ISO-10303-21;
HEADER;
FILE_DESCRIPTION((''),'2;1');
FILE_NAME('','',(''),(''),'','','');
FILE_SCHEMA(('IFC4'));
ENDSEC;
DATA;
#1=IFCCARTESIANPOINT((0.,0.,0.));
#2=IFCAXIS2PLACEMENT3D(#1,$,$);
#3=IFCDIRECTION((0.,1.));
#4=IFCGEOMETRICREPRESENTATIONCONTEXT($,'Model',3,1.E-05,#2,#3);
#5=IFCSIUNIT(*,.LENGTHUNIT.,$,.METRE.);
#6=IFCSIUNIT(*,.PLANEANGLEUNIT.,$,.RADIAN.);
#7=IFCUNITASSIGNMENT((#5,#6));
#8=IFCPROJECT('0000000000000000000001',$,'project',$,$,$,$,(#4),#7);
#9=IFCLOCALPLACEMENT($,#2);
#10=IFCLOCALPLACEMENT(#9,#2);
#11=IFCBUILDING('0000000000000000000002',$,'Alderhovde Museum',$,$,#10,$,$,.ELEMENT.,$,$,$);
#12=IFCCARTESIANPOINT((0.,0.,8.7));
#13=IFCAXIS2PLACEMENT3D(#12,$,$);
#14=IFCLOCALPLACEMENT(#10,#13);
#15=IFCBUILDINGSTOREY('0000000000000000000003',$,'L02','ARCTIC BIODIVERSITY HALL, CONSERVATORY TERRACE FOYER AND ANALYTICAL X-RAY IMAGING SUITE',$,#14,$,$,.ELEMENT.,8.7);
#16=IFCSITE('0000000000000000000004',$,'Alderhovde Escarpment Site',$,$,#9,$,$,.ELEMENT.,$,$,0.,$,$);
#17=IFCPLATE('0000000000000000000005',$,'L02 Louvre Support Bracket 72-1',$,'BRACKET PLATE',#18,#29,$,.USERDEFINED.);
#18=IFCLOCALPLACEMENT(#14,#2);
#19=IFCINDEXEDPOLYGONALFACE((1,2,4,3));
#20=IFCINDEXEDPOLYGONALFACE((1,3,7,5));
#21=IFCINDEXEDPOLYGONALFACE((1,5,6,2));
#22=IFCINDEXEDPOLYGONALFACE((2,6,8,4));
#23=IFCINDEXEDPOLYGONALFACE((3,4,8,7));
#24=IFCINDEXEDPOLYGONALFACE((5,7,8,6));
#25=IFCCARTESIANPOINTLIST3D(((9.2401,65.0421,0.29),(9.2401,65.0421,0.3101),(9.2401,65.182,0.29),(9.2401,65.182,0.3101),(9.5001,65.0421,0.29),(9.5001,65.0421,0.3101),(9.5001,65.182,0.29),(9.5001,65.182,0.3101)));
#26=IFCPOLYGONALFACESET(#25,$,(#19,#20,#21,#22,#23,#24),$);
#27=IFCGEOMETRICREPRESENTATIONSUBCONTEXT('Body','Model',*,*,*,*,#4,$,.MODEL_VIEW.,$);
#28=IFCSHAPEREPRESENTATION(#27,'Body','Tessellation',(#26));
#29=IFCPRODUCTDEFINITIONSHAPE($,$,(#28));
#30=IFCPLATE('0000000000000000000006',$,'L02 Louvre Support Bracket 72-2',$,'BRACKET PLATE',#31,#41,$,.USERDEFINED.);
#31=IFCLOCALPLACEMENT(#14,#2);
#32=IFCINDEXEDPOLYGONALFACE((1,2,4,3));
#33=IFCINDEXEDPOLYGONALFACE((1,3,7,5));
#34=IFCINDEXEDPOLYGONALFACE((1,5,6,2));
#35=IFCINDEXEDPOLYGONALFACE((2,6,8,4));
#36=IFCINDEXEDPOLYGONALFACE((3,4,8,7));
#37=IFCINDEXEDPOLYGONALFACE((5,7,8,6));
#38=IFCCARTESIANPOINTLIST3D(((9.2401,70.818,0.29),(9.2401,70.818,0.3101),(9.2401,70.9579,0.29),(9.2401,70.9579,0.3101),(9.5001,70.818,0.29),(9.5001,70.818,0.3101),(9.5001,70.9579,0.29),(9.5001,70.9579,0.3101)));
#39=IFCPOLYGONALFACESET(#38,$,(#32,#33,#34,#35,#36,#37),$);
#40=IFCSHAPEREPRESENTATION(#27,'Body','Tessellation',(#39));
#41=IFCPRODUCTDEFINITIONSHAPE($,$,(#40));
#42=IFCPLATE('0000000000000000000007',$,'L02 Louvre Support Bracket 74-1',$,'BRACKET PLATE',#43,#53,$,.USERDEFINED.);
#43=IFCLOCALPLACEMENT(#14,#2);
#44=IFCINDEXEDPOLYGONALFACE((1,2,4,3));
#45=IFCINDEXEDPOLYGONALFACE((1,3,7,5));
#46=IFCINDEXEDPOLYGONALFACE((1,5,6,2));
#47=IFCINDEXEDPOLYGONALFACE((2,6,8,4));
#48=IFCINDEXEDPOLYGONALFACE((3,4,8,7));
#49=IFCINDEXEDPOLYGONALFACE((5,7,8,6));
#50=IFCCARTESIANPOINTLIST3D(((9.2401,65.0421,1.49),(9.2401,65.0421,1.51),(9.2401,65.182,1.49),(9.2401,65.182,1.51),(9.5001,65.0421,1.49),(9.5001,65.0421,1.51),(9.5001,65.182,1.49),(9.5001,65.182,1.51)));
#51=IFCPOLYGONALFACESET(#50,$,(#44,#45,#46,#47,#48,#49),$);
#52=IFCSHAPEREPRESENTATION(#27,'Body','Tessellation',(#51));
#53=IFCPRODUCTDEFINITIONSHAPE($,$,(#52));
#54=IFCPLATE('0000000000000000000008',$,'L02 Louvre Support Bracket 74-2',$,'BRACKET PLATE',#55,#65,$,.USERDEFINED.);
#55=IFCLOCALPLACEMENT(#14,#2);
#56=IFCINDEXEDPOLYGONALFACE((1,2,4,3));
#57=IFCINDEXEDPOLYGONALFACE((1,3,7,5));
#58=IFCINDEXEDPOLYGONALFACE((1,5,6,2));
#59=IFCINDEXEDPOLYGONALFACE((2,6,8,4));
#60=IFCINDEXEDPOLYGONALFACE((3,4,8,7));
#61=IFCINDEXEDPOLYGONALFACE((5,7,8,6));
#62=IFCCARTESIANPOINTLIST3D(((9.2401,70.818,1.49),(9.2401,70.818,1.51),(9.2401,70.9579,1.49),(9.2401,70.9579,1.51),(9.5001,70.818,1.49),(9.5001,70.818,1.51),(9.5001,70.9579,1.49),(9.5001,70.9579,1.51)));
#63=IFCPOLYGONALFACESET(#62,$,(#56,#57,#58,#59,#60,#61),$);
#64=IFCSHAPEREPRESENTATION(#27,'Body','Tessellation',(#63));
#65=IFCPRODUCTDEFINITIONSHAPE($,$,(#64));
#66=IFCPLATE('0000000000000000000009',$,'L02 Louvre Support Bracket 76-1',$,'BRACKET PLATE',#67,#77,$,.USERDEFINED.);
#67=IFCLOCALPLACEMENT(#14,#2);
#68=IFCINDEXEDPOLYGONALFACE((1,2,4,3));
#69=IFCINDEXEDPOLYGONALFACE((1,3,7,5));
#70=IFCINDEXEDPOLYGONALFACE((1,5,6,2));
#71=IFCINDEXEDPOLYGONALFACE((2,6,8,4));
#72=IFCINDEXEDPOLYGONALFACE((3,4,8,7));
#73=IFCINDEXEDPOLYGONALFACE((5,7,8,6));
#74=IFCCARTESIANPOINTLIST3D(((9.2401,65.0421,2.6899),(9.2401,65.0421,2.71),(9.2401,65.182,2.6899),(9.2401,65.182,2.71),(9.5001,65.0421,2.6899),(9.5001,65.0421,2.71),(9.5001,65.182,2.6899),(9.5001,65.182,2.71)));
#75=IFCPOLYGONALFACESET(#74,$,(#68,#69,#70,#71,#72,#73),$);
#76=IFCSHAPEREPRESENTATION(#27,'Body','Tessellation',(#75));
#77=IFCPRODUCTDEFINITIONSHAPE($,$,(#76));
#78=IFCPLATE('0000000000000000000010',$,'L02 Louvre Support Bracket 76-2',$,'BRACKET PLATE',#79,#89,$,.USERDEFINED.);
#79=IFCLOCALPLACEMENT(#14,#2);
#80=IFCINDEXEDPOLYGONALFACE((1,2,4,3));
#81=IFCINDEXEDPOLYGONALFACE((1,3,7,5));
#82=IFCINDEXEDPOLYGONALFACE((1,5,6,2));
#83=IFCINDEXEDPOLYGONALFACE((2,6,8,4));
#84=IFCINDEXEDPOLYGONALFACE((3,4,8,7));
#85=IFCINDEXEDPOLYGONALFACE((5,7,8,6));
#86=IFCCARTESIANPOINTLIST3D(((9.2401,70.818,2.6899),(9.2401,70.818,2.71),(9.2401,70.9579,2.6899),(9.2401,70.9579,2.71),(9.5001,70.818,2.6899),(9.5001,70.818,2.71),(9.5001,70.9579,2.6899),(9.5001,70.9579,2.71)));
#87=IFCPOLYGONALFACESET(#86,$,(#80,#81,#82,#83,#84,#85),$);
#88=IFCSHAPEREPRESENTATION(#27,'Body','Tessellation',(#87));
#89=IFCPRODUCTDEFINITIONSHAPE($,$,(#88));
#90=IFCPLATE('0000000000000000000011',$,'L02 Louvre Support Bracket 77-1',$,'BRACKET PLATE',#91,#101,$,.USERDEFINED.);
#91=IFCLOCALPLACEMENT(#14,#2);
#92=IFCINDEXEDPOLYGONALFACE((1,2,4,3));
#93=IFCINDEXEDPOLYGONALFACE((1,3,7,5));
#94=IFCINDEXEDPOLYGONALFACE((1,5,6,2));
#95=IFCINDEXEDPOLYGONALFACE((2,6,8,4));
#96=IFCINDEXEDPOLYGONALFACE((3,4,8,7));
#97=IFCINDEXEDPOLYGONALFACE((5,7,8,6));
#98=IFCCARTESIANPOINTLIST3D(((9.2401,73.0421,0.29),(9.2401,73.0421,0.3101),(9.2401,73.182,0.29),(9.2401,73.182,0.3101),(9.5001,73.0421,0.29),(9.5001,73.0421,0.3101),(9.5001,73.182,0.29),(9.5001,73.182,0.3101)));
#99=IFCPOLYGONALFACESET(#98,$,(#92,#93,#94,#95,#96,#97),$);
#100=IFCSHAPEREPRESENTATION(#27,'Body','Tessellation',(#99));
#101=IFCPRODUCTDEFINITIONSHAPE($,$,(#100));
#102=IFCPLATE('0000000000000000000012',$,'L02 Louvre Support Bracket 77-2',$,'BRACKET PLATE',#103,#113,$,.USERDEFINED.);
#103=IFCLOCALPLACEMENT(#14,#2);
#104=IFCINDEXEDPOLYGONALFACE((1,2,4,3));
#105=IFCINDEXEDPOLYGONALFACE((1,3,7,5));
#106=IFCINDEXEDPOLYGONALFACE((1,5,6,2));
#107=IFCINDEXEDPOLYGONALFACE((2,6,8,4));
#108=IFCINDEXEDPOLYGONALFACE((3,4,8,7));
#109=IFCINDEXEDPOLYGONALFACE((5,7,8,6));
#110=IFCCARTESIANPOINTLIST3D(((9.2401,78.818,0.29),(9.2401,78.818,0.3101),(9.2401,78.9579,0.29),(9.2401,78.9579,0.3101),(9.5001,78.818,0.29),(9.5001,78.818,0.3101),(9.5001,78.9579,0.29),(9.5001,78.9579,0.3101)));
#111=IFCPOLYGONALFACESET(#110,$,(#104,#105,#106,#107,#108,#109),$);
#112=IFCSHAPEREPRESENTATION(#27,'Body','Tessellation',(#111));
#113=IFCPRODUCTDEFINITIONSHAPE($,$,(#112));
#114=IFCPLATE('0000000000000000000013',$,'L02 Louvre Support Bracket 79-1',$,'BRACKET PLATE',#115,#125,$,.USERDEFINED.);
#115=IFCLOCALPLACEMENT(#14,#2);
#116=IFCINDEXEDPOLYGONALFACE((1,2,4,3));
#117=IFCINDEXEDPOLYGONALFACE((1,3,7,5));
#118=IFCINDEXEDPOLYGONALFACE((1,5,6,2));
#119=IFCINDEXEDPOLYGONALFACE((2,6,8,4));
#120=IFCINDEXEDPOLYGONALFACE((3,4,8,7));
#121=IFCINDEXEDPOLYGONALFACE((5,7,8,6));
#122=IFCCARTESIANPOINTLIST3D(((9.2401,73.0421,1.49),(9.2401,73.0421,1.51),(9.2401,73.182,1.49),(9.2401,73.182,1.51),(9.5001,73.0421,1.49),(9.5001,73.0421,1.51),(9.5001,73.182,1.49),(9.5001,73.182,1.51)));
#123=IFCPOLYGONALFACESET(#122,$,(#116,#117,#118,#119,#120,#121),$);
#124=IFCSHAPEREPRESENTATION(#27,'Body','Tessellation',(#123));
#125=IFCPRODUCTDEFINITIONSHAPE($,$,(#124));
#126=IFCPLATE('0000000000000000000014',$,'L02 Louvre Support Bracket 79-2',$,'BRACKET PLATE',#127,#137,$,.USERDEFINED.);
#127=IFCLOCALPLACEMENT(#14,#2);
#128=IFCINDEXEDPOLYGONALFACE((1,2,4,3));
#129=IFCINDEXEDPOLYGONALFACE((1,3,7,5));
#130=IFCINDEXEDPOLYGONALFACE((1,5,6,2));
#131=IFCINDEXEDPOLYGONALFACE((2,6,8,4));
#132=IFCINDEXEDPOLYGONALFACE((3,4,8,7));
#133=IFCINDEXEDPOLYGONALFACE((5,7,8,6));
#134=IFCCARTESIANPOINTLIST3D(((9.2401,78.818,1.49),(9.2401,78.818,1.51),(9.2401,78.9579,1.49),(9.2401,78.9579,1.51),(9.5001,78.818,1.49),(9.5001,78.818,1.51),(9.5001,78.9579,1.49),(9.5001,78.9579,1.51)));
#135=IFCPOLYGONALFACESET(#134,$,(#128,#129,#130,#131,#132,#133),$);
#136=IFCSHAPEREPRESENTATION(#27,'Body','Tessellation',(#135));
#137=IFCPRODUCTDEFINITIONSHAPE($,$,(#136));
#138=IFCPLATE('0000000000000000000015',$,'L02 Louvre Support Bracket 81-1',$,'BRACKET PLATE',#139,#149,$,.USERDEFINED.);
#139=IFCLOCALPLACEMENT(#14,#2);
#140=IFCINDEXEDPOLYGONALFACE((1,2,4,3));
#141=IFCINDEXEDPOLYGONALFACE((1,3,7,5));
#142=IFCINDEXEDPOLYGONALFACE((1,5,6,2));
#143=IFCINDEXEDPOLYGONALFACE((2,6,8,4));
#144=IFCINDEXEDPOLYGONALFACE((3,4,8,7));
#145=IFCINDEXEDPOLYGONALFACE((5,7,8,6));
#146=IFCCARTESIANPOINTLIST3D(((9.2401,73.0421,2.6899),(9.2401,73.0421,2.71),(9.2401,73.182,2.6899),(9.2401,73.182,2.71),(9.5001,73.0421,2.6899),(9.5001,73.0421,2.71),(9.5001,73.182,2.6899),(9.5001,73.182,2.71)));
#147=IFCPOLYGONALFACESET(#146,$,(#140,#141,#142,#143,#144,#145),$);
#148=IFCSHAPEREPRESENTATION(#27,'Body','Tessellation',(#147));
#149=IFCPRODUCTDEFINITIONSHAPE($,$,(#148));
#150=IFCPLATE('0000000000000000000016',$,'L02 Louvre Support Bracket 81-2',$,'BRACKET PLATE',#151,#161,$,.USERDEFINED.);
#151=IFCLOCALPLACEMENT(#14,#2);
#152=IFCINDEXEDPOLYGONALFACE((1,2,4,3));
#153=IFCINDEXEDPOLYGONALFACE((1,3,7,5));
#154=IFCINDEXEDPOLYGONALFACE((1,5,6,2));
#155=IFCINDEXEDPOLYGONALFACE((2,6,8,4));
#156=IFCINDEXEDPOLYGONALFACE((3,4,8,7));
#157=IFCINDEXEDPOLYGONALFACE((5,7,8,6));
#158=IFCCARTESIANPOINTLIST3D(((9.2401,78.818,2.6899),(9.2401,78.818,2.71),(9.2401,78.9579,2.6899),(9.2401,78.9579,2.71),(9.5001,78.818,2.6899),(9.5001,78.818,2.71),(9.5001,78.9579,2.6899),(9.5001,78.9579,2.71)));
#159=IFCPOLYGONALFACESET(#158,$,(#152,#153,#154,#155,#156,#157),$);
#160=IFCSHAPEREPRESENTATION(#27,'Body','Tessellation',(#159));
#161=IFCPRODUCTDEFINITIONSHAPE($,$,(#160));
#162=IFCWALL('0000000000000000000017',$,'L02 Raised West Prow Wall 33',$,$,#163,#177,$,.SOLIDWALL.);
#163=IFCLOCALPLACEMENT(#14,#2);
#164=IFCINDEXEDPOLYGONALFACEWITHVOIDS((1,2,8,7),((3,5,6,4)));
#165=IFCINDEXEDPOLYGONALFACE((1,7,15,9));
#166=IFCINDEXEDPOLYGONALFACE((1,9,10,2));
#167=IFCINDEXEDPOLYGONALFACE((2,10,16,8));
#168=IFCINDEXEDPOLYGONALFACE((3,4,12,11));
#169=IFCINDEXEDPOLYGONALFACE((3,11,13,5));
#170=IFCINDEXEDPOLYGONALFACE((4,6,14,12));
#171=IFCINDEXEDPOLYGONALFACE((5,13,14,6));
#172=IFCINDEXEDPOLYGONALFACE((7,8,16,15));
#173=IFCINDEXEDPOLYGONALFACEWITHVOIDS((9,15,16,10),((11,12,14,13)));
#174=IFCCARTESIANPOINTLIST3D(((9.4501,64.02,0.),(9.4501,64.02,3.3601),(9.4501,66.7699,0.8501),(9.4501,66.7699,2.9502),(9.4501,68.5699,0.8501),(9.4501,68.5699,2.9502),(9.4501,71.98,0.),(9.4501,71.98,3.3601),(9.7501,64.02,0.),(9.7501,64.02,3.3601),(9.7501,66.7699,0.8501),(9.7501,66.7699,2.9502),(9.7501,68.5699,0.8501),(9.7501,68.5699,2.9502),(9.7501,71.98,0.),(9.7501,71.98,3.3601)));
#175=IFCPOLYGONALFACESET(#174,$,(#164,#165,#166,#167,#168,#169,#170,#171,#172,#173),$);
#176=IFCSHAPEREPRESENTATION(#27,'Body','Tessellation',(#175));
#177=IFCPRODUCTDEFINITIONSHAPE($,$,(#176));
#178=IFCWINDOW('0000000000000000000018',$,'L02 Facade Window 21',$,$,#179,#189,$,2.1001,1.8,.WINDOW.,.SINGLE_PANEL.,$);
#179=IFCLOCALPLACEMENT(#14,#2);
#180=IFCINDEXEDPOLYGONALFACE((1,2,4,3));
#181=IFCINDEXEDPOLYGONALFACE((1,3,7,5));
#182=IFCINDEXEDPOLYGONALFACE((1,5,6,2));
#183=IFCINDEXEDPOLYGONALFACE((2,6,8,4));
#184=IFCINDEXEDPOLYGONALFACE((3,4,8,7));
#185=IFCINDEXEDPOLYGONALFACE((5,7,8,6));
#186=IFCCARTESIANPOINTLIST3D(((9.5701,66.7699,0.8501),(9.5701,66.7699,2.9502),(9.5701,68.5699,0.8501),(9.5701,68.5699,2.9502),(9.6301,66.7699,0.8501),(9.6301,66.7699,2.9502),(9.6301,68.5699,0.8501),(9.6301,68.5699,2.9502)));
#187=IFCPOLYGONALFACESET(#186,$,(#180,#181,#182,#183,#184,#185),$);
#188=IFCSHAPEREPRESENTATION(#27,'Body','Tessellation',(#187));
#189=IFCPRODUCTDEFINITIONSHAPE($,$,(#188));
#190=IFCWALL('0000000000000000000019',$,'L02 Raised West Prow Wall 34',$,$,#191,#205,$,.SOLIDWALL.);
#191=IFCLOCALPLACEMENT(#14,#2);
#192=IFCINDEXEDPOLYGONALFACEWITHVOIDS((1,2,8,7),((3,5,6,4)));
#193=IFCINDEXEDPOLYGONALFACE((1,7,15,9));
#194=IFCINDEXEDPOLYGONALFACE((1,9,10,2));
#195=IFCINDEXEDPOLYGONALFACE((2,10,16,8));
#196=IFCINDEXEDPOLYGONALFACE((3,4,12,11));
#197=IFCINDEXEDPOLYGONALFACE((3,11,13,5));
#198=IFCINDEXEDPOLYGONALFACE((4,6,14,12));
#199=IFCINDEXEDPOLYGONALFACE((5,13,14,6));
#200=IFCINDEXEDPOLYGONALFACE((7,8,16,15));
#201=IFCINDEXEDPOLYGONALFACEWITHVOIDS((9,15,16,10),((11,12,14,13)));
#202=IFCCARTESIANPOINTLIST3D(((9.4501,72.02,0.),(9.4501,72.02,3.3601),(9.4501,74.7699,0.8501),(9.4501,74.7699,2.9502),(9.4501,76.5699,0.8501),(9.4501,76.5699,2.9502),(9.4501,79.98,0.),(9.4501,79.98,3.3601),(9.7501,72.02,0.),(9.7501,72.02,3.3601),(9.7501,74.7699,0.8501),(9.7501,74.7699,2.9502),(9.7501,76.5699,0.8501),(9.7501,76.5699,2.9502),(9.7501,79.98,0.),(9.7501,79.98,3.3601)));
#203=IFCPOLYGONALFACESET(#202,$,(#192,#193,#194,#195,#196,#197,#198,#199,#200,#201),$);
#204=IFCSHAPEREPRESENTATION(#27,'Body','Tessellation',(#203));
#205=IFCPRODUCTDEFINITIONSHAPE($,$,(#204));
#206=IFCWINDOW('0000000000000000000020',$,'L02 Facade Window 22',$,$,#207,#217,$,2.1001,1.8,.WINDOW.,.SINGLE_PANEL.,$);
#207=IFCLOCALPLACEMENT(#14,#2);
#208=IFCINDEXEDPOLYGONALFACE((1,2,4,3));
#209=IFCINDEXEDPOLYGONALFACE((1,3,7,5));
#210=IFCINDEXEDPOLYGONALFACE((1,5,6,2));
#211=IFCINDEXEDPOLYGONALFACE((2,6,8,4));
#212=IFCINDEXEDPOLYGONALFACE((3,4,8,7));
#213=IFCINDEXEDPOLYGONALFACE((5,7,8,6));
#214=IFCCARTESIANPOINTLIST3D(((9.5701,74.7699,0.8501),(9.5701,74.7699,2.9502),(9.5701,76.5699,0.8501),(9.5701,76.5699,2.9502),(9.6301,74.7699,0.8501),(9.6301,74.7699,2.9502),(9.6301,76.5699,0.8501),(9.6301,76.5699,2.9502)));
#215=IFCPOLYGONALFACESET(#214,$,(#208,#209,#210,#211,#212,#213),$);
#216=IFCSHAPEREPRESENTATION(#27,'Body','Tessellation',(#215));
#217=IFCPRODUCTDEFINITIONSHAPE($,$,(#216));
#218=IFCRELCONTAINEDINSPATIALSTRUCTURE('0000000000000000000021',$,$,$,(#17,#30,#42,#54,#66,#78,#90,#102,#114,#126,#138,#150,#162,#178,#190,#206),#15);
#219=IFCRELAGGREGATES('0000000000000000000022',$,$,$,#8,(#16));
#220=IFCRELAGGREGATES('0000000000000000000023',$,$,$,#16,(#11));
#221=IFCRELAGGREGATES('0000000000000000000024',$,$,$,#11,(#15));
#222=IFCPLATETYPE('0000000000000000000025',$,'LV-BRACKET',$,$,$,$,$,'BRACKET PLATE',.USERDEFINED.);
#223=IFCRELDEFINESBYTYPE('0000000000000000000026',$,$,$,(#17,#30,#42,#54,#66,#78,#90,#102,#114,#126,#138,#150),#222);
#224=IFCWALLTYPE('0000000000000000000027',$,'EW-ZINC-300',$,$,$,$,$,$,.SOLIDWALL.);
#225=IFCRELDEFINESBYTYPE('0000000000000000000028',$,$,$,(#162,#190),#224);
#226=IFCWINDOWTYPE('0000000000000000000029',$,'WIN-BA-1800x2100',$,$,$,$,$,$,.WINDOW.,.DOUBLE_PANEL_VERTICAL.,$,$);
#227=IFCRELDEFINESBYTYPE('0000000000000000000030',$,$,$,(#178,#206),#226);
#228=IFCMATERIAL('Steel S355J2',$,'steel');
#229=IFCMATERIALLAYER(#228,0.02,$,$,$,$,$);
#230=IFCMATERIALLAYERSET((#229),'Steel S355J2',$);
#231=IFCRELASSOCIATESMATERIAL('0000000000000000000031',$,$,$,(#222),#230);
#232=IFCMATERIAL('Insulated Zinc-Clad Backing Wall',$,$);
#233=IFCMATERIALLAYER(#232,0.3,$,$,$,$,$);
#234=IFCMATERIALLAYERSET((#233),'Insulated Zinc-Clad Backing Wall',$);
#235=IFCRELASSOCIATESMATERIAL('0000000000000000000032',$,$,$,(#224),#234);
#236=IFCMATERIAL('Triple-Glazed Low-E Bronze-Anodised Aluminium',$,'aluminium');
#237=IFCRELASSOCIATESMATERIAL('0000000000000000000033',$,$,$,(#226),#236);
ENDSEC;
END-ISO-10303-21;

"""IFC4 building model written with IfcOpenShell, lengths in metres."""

from ifc_helpers import new_model, si_unit, direction, frame, frame_2d, origin, origin_2d, place, context, subcontext, project, spatial, rectangle, extrude, material, layer, layer_set, type_object, element, fill, save


model = new_model("IFC4")

# Units and contexts
model_context = context("Model", 3, precision=1e-05, world=origin(), true_north=direction((0.0, 1.0)))
body_context = subcontext(model_context, "Body", "Model", "MODEL_VIEW")
ifc_project = project(units=[si_unit("LENGTHUNIT", "METRE"), si_unit("PLANEANGLEUNIT", "RADIAN")], contexts=[model_context])

# Site, building, storey
site_placement = place(None, origin())
site = spatial("IfcSite", under=ifc_project, at=site_placement, Name="Alderhovde Escarpment Site", CompositionType="ELEMENT", RefElevation=0.0)
building_placement = place(site_placement, origin())
building = spatial("IfcBuilding", under=site, at=building_placement, Name="Alderhovde Museum", CompositionType="ELEMENT")
storey_placement = place(building_placement, frame((0.0, 0.0, 8.7)))
storey = spatial("IfcBuildingStorey", under=building, at=storey_placement, Name="L02", Description="ARCTIC BIODIVERSITY HALL, CONSERVATORY TERRACE FOYER AND ANALYTICAL X-RAY IMAGING SUITE", CompositionType="ELEMENT", Elevation=8.7)

# Plates
ifc_material_1 = material(Name="Steel S355J2", Category="steel")
ifc_layer_1 = layer(ifc_material_1, 0.02)
ifc_layer_set_1 = layer_set([ifc_layer_1], Name="Steel S355J2")
plate_type_1 = type_object("IfcPlateType", Name="LV-BRACKET", ElementType="BRACKET PLATE", PredefinedType="USERDEFINED", material=ifc_layer_set_1)
for number, where, z_axis, x_axis, name in (
    (1, (9.3701, 65.1121, 0.29), (0.0, 0.0, 1.0), (0.0, 1.0, 0.0), "L02 Louvre Support Bracket 72-1"),
    (2, (9.3701, 70.8879, 0.29), (0.0, 0.0, 1.0), (0.0, 1.0, 0.0), "L02 Louvre Support Bracket 72-2"),
    (3, (9.3701, 65.1121, 1.49), (0.0, 0.0, 1.0), (0.0, 1.0, 0.0), "L02 Louvre Support Bracket 74-1"),
    (4, (9.3701, 70.8879, 1.49), (0.0, 0.0, 1.0), (0.0, 1.0, 0.0), "L02 Louvre Support Bracket 74-2"),
    (5, (9.3701, 65.1121, 2.6899), (0.0, 0.0, 1.0), (0.0, 1.0, 0.0), "L02 Louvre Support Bracket 76-1"),
    (6, (9.3701, 70.8879, 2.6899), (0.0, 0.0, 1.0), (0.0, 1.0, 0.0), "L02 Louvre Support Bracket 76-2"),
    (7, (9.3701, 73.1121, 0.29), (0.0, 0.0, 1.0), (0.0, 1.0, 0.0), "L02 Louvre Support Bracket 77-1"),
    (8, (9.3701, 78.8879, 0.29), (0.0, 0.0, 1.0), (0.0, 1.0, 0.0), "L02 Louvre Support Bracket 77-2"),
    (9, (9.3701, 73.1121, 1.49), (0.0, 0.0, 1.0), (0.0, 1.0, 0.0), "L02 Louvre Support Bracket 79-1"),
    (10, (9.3701, 78.8879, 1.49), (0.0, 0.0, 1.0), (0.0, 1.0, 0.0), "L02 Louvre Support Bracket 79-2"),
    (11, (9.3701, 73.1121, 2.6899), (0.0, 0.0, 1.0), (0.0, 1.0, 0.0), "L02 Louvre Support Bracket 81-1"),
    (12, (9.3701, 78.8879, 2.6899), (0.0, 0.0, 1.0), (0.0, 1.0, 0.0), "L02 Louvre Support Bracket 81-2"),
):
    element("IfcPlate", number, at=place(storey_placement, frame(where, z_axis=z_axis, x_axis=x_axis)), inside=storey, type_object=plate_type_1, Name=name, ObjectType="BRACKET PLATE", PredefinedType="USERDEFINED", context=body_context, shape_type="SweptSolid", body=[
        extrude(rectangle(XDim=0.1399, YDim=0.26, at=origin_2d()), origin(), (0.0, 0.0, 1.0), 0.02),
    ])

# Walls, openings, windows
ifc_material_2 = material(Name="Insulated Zinc-Clad Backing Wall")
ifc_layer_2 = layer(ifc_material_2, 0.3)
ifc_layer_set_2 = layer_set([ifc_layer_2], Name="Insulated Zinc-Clad Backing Wall")
wall_type = type_object("IfcWallType", Name="EW-ZINC-300", PredefinedType="SOLIDWALL", material=ifc_layer_set_2)
wall_1_placement = place(storey_placement, frame((9.6001, 64.02, 0.0), z_axis=(0.0, 0.0, 1.0), x_axis=(0.0, 1.0, 0.0)))
wall_1 = element("IfcWall", 13, at=wall_1_placement, inside=storey, type_object=wall_type, Name="L02 Raised West Prow Wall 33", PredefinedType="SOLIDWALL", context=body_context, shape_type="SweptSolid", body=[
    extrude(rectangle(XDim=7.96, YDim=0.3, at=frame_2d((3.98, 0.0))), origin(), (0.0, 0.0, 1.0), 3.3601),
])
opening_1_placement = place(wall_1_placement, frame((2.75, 0.0, 0.8501)))
opening_1 = element("IfcOpeningElement", 14, at=opening_1_placement, cuts=wall_1, PredefinedType="OPENING", context=body_context, shape_type="SweptSolid", body=[
    extrude(rectangle(XDim=1.8, YDim=2.1001, at=frame_2d((0.8999, 1.05))), frame((0.0, 0.1599, 0.0), z_axis=(0.0, -1.0, 0.0), x_axis=(1.0, 0.0, 0.0)), (0.0, 0.0, 1.0), 0.3201),
])
ifc_material_3 = material(Name="Triple-Glazed Low-E Bronze-Anodised Aluminium", Category="aluminium")
window_type = type_object("IfcWindowType", Name="WIN-BA-1800x2100", PartitioningType="DOUBLE_PANEL_VERTICAL", PredefinedType="WINDOW", material=ifc_material_3)
window_1_placement = place(opening_1_placement, origin())
window_1 = element("IfcWindow", 15, at=window_1_placement, inside=storey, type_object=window_type, Name="L02 Facade Window 21", OverallHeight=2.1001, OverallWidth=1.8, PartitioningType="SINGLE_PANEL", PredefinedType="WINDOW", context=body_context, shape_type="SweptSolid", body=[
    extrude(rectangle(XDim=1.8, YDim=2.1001, at=frame_2d((0.8999, 1.05))), frame((0.0, 0.03, 0.0), z_axis=(0.0, -1.0, 0.0), x_axis=(1.0, 0.0, 0.0)), (0.0, 0.0, 1.0), 0.0601),
])
fill(opening_1, window_1)
wall_2_placement = place(storey_placement, frame((9.6001, 72.02, 0.0), z_axis=(0.0, 0.0, 1.0), x_axis=(0.0, 1.0, 0.0)))
wall_2 = element("IfcWall", 16, at=wall_2_placement, inside=storey, type_object=wall_type, Name="L02 Raised West Prow Wall 34", PredefinedType="SOLIDWALL", context=body_context, shape_type="SweptSolid", body=[
    extrude(rectangle(XDim=7.96, YDim=0.3, at=frame_2d((3.98, 0.0))), origin(), (0.0, 0.0, 1.0), 3.3601),
])
opening_2_placement = place(wall_2_placement, frame((2.75, 0.0, 0.8501)))
opening_2 = element("IfcOpeningElement", 17, at=opening_2_placement, cuts=wall_2, PredefinedType="OPENING", context=body_context, shape_type="SweptSolid", body=[
    extrude(rectangle(XDim=1.8, YDim=2.1001, at=frame_2d((0.8999, 1.05))), frame((0.0, 0.1599, 0.0), z_axis=(0.0, -1.0, 0.0), x_axis=(1.0, 0.0, 0.0)), (0.0, 0.0, 1.0), 0.3201),
])
window_2_placement = place(opening_2_placement, origin())
window_2 = element("IfcWindow", 18, at=window_2_placement, inside=storey, type_object=window_type, Name="L02 Facade Window 22", OverallHeight=2.1001, OverallWidth=1.8, PartitioningType="SINGLE_PANEL", PredefinedType="WINDOW", context=body_context, shape_type="SweptSolid", body=[
    extrude(rectangle(XDim=1.8, YDim=2.1001, at=frame_2d((0.8999, 1.05))), frame((0.0, 0.03, 0.0), z_axis=(0.0, -1.0, 0.0), x_axis=(1.0, 0.0, 0.0)), (0.0, 0.0, 1.0), 0.0601),
])
fill(opening_2, window_2)

save(model, "model.ifc")
